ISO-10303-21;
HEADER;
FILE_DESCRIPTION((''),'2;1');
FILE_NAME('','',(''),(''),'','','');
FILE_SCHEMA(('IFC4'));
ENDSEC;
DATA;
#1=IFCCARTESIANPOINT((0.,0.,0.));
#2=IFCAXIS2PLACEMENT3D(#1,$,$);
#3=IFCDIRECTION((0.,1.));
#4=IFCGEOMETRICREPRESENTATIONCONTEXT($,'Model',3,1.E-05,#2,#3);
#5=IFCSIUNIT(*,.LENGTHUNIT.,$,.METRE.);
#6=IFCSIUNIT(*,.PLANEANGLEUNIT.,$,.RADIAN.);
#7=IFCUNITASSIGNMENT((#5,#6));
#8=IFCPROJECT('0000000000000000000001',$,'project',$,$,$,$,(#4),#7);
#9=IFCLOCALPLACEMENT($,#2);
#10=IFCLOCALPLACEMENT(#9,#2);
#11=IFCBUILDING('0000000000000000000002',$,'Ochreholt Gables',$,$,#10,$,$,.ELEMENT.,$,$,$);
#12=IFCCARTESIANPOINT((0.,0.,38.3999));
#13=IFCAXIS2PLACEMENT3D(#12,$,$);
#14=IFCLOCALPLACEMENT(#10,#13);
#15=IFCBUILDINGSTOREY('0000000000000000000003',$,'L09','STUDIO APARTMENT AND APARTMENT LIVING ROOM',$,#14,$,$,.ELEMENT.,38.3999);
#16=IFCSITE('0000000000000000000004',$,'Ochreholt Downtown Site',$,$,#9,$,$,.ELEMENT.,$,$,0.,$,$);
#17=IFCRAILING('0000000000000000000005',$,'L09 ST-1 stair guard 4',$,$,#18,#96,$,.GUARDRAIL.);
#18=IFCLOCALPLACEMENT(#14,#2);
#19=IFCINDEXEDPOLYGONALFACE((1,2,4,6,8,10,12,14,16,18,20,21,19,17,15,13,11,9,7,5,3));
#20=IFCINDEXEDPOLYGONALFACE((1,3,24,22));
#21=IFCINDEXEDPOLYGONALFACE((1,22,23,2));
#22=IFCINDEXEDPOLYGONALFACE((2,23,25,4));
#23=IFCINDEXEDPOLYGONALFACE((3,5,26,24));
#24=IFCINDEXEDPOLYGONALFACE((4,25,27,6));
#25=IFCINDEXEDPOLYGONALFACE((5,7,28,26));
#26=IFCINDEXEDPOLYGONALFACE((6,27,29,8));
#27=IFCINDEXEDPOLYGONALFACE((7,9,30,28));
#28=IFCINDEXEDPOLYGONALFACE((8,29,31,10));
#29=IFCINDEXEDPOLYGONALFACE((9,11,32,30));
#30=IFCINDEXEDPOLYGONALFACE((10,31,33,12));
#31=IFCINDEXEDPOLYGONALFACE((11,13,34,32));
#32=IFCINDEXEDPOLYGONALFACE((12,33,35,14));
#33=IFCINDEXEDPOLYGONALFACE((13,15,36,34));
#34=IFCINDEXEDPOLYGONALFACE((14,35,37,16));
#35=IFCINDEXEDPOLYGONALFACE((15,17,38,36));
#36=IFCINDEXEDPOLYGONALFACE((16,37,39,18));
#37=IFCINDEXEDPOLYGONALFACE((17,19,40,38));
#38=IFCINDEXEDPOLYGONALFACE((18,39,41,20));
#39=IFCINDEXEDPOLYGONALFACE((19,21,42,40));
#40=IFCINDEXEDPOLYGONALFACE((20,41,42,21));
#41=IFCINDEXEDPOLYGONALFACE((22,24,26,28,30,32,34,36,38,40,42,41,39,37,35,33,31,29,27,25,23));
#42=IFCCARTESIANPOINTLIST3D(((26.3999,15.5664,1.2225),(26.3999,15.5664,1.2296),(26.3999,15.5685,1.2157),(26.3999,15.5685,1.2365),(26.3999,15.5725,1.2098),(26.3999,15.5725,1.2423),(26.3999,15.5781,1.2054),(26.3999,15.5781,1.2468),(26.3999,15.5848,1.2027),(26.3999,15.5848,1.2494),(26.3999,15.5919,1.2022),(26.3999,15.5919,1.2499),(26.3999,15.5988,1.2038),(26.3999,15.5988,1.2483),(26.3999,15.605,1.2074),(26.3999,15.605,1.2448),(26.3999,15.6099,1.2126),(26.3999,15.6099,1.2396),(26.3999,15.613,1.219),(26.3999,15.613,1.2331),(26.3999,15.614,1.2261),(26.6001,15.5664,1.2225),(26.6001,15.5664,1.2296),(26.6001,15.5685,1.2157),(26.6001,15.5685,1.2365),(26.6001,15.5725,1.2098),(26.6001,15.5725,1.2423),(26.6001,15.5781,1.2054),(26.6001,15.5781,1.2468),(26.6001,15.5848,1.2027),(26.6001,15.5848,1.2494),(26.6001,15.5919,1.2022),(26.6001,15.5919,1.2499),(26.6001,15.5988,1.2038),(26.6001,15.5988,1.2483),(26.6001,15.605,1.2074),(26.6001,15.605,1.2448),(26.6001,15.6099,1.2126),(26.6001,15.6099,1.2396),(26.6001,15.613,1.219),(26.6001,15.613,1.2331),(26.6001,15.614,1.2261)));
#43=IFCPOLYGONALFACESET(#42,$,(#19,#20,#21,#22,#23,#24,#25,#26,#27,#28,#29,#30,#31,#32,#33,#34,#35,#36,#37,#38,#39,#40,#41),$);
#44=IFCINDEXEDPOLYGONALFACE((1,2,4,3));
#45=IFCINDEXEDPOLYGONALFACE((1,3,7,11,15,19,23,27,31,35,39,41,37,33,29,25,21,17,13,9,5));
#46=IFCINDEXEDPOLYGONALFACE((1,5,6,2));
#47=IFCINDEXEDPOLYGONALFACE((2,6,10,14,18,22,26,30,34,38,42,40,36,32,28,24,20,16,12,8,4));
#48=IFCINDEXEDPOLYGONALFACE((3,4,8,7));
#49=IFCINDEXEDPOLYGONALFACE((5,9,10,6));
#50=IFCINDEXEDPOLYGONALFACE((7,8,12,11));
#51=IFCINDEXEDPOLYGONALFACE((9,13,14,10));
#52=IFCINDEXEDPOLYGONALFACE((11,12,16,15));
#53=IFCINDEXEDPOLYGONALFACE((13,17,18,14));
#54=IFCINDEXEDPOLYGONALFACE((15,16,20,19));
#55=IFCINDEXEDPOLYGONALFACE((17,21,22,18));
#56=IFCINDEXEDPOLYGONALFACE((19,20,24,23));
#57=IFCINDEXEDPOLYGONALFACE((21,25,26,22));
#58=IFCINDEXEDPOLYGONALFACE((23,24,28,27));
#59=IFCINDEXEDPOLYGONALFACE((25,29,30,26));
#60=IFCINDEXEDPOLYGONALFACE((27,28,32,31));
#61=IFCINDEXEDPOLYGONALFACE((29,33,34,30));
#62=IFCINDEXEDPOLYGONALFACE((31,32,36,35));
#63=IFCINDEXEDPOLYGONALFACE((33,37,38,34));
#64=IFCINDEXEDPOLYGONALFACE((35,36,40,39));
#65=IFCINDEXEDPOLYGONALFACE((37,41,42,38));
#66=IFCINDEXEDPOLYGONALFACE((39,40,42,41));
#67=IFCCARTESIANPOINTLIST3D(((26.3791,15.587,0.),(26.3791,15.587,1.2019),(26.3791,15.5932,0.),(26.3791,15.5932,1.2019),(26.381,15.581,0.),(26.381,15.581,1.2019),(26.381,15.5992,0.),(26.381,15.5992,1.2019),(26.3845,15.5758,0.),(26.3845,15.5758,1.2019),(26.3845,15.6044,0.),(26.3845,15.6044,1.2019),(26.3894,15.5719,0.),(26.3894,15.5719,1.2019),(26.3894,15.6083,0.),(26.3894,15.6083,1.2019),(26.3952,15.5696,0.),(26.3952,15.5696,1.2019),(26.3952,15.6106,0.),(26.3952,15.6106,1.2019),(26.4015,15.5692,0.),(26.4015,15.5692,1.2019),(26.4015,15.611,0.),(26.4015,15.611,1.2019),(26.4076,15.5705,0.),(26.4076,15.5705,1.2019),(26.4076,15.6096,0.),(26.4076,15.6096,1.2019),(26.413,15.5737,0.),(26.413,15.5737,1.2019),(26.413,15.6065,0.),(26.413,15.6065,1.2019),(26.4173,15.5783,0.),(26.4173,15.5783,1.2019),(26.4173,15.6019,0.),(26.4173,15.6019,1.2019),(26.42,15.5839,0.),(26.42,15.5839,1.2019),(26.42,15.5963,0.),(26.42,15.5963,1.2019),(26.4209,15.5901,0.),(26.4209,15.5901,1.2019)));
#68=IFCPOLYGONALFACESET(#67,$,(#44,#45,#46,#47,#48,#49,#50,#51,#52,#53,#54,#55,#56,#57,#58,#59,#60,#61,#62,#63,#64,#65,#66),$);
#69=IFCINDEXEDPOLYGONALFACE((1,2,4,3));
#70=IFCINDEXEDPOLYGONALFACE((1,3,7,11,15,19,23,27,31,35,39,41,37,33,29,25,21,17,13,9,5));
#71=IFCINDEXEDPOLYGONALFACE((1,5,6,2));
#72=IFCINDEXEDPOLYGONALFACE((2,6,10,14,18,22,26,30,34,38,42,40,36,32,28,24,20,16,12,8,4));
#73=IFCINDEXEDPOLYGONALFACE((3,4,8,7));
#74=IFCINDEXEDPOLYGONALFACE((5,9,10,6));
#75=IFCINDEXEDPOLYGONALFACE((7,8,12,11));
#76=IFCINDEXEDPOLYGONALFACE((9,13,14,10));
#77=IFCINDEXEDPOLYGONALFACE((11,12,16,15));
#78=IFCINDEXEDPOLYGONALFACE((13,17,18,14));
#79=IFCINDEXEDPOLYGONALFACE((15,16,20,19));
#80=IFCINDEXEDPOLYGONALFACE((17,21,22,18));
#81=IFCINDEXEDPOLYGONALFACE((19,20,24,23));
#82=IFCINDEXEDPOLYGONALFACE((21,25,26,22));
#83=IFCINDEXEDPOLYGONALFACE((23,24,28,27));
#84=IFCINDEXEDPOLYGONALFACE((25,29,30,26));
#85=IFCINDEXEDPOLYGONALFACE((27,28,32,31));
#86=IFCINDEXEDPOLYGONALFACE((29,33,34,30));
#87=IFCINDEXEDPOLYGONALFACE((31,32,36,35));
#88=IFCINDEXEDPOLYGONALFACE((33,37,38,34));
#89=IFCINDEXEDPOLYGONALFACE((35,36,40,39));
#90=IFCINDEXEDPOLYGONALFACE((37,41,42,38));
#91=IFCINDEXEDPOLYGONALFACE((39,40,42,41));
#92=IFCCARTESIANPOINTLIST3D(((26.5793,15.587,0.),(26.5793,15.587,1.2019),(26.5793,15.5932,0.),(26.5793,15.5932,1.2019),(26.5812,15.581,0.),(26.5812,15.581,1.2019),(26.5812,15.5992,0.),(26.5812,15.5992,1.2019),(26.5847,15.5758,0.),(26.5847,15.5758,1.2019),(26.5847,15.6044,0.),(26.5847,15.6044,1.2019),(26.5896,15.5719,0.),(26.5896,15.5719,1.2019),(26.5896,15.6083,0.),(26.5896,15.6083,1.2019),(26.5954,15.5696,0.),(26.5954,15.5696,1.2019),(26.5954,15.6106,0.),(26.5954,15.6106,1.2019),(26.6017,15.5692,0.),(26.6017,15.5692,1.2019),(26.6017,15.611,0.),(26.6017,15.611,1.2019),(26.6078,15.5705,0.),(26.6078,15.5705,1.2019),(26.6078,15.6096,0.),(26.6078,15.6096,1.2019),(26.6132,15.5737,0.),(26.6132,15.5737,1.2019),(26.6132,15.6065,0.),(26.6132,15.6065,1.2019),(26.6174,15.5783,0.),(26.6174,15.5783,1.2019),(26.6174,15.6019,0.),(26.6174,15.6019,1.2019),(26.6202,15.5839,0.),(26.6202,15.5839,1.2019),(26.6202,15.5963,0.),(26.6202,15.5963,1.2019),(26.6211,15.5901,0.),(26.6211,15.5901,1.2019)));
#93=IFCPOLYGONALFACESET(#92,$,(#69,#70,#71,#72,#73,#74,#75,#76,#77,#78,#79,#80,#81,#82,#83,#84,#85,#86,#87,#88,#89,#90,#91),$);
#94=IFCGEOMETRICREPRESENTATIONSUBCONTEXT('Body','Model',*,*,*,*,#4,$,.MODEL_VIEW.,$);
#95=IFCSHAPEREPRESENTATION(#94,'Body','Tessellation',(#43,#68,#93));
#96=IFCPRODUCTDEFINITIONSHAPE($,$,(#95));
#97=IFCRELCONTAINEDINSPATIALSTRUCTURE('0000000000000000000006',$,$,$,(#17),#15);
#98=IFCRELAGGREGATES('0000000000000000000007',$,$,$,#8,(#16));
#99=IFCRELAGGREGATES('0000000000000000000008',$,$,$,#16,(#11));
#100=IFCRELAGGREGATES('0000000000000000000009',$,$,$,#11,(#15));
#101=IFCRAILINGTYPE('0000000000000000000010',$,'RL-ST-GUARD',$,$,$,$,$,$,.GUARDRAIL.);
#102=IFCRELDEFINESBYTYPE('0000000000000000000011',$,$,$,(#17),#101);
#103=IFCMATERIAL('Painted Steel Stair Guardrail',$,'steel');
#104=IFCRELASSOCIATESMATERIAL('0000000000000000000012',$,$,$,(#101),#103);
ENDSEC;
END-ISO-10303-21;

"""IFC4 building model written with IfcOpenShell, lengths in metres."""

from ifc_helpers import new_model, si_unit, direction, frame, origin, origin_2d, place, context, subcontext, project, spatial, circle, extrude, material, type_object, element, save


model = new_model("IFC4")

# Units and contexts
model_context = context("Model", 3, precision=1e-05, world=origin(), true_north=direction((0.0, 1.0)))
body_context = subcontext(model_context, "Body", "Model", "MODEL_VIEW")
ifc_project = project(units=[si_unit("LENGTHUNIT", "METRE"), si_unit("PLANEANGLEUNIT", "RADIAN")], contexts=[model_context])

# Site, building, storey
site_placement = place(None, origin())
site = spatial("IfcSite", under=ifc_project, at=site_placement, Name="Ochreholt Downtown Site", CompositionType="ELEMENT", RefElevation=0.0)
building_placement = place(site_placement, origin())
building = spatial("IfcBuilding", under=site, at=building_placement, Name="Ochreholt Gables", CompositionType="ELEMENT")
storey_placement = place(building_placement, frame((0.0, 0.0, 38.3999)))
storey = spatial("IfcBuildingStorey", under=building, at=storey_placement, Name="L09", Description="STUDIO APARTMENT AND APARTMENT LIVING ROOM", CompositionType="ELEMENT", Elevation=38.3999)

# Railing
ifc_material_1 = material(Name="Painted Steel Stair Guardrail", Category="steel")
railing_type_1 = type_object("IfcRailingType", Name="RL-ST-GUARD", PredefinedType="GUARDRAIL", material=ifc_material_1)
railing_1_placement = place(storey_placement, frame((26.3999, 15.5901, 0.0)))
element("IfcRailing", 1, at=railing_1_placement, inside=storey, type_object=railing_type_1, Name="L09 ST-1 stair guard 4", PredefinedType="GUARDRAIL", context=body_context, shape_type="SweptSolid", body=[
    extrude(circle(Radius=0.0239, at=origin_2d()), frame((0.0, 0.0, 1.2261), z_axis=(1.0, 0.0, 0.0), x_axis=(0.0, 1.0, 0.0)), (0.0, 0.0, 1.0), 0.2002),
    extrude(circle(Radius=0.021, at=origin_2d()), origin(), (0.0, 0.0, 1.0), 1.2019),
    extrude(circle(Radius=0.021, at=origin_2d()), frame((0.2002, 0.0, 0.0)), (0.0, 0.0, 1.0), 1.2019),
])

save(model, "model.ifc")
